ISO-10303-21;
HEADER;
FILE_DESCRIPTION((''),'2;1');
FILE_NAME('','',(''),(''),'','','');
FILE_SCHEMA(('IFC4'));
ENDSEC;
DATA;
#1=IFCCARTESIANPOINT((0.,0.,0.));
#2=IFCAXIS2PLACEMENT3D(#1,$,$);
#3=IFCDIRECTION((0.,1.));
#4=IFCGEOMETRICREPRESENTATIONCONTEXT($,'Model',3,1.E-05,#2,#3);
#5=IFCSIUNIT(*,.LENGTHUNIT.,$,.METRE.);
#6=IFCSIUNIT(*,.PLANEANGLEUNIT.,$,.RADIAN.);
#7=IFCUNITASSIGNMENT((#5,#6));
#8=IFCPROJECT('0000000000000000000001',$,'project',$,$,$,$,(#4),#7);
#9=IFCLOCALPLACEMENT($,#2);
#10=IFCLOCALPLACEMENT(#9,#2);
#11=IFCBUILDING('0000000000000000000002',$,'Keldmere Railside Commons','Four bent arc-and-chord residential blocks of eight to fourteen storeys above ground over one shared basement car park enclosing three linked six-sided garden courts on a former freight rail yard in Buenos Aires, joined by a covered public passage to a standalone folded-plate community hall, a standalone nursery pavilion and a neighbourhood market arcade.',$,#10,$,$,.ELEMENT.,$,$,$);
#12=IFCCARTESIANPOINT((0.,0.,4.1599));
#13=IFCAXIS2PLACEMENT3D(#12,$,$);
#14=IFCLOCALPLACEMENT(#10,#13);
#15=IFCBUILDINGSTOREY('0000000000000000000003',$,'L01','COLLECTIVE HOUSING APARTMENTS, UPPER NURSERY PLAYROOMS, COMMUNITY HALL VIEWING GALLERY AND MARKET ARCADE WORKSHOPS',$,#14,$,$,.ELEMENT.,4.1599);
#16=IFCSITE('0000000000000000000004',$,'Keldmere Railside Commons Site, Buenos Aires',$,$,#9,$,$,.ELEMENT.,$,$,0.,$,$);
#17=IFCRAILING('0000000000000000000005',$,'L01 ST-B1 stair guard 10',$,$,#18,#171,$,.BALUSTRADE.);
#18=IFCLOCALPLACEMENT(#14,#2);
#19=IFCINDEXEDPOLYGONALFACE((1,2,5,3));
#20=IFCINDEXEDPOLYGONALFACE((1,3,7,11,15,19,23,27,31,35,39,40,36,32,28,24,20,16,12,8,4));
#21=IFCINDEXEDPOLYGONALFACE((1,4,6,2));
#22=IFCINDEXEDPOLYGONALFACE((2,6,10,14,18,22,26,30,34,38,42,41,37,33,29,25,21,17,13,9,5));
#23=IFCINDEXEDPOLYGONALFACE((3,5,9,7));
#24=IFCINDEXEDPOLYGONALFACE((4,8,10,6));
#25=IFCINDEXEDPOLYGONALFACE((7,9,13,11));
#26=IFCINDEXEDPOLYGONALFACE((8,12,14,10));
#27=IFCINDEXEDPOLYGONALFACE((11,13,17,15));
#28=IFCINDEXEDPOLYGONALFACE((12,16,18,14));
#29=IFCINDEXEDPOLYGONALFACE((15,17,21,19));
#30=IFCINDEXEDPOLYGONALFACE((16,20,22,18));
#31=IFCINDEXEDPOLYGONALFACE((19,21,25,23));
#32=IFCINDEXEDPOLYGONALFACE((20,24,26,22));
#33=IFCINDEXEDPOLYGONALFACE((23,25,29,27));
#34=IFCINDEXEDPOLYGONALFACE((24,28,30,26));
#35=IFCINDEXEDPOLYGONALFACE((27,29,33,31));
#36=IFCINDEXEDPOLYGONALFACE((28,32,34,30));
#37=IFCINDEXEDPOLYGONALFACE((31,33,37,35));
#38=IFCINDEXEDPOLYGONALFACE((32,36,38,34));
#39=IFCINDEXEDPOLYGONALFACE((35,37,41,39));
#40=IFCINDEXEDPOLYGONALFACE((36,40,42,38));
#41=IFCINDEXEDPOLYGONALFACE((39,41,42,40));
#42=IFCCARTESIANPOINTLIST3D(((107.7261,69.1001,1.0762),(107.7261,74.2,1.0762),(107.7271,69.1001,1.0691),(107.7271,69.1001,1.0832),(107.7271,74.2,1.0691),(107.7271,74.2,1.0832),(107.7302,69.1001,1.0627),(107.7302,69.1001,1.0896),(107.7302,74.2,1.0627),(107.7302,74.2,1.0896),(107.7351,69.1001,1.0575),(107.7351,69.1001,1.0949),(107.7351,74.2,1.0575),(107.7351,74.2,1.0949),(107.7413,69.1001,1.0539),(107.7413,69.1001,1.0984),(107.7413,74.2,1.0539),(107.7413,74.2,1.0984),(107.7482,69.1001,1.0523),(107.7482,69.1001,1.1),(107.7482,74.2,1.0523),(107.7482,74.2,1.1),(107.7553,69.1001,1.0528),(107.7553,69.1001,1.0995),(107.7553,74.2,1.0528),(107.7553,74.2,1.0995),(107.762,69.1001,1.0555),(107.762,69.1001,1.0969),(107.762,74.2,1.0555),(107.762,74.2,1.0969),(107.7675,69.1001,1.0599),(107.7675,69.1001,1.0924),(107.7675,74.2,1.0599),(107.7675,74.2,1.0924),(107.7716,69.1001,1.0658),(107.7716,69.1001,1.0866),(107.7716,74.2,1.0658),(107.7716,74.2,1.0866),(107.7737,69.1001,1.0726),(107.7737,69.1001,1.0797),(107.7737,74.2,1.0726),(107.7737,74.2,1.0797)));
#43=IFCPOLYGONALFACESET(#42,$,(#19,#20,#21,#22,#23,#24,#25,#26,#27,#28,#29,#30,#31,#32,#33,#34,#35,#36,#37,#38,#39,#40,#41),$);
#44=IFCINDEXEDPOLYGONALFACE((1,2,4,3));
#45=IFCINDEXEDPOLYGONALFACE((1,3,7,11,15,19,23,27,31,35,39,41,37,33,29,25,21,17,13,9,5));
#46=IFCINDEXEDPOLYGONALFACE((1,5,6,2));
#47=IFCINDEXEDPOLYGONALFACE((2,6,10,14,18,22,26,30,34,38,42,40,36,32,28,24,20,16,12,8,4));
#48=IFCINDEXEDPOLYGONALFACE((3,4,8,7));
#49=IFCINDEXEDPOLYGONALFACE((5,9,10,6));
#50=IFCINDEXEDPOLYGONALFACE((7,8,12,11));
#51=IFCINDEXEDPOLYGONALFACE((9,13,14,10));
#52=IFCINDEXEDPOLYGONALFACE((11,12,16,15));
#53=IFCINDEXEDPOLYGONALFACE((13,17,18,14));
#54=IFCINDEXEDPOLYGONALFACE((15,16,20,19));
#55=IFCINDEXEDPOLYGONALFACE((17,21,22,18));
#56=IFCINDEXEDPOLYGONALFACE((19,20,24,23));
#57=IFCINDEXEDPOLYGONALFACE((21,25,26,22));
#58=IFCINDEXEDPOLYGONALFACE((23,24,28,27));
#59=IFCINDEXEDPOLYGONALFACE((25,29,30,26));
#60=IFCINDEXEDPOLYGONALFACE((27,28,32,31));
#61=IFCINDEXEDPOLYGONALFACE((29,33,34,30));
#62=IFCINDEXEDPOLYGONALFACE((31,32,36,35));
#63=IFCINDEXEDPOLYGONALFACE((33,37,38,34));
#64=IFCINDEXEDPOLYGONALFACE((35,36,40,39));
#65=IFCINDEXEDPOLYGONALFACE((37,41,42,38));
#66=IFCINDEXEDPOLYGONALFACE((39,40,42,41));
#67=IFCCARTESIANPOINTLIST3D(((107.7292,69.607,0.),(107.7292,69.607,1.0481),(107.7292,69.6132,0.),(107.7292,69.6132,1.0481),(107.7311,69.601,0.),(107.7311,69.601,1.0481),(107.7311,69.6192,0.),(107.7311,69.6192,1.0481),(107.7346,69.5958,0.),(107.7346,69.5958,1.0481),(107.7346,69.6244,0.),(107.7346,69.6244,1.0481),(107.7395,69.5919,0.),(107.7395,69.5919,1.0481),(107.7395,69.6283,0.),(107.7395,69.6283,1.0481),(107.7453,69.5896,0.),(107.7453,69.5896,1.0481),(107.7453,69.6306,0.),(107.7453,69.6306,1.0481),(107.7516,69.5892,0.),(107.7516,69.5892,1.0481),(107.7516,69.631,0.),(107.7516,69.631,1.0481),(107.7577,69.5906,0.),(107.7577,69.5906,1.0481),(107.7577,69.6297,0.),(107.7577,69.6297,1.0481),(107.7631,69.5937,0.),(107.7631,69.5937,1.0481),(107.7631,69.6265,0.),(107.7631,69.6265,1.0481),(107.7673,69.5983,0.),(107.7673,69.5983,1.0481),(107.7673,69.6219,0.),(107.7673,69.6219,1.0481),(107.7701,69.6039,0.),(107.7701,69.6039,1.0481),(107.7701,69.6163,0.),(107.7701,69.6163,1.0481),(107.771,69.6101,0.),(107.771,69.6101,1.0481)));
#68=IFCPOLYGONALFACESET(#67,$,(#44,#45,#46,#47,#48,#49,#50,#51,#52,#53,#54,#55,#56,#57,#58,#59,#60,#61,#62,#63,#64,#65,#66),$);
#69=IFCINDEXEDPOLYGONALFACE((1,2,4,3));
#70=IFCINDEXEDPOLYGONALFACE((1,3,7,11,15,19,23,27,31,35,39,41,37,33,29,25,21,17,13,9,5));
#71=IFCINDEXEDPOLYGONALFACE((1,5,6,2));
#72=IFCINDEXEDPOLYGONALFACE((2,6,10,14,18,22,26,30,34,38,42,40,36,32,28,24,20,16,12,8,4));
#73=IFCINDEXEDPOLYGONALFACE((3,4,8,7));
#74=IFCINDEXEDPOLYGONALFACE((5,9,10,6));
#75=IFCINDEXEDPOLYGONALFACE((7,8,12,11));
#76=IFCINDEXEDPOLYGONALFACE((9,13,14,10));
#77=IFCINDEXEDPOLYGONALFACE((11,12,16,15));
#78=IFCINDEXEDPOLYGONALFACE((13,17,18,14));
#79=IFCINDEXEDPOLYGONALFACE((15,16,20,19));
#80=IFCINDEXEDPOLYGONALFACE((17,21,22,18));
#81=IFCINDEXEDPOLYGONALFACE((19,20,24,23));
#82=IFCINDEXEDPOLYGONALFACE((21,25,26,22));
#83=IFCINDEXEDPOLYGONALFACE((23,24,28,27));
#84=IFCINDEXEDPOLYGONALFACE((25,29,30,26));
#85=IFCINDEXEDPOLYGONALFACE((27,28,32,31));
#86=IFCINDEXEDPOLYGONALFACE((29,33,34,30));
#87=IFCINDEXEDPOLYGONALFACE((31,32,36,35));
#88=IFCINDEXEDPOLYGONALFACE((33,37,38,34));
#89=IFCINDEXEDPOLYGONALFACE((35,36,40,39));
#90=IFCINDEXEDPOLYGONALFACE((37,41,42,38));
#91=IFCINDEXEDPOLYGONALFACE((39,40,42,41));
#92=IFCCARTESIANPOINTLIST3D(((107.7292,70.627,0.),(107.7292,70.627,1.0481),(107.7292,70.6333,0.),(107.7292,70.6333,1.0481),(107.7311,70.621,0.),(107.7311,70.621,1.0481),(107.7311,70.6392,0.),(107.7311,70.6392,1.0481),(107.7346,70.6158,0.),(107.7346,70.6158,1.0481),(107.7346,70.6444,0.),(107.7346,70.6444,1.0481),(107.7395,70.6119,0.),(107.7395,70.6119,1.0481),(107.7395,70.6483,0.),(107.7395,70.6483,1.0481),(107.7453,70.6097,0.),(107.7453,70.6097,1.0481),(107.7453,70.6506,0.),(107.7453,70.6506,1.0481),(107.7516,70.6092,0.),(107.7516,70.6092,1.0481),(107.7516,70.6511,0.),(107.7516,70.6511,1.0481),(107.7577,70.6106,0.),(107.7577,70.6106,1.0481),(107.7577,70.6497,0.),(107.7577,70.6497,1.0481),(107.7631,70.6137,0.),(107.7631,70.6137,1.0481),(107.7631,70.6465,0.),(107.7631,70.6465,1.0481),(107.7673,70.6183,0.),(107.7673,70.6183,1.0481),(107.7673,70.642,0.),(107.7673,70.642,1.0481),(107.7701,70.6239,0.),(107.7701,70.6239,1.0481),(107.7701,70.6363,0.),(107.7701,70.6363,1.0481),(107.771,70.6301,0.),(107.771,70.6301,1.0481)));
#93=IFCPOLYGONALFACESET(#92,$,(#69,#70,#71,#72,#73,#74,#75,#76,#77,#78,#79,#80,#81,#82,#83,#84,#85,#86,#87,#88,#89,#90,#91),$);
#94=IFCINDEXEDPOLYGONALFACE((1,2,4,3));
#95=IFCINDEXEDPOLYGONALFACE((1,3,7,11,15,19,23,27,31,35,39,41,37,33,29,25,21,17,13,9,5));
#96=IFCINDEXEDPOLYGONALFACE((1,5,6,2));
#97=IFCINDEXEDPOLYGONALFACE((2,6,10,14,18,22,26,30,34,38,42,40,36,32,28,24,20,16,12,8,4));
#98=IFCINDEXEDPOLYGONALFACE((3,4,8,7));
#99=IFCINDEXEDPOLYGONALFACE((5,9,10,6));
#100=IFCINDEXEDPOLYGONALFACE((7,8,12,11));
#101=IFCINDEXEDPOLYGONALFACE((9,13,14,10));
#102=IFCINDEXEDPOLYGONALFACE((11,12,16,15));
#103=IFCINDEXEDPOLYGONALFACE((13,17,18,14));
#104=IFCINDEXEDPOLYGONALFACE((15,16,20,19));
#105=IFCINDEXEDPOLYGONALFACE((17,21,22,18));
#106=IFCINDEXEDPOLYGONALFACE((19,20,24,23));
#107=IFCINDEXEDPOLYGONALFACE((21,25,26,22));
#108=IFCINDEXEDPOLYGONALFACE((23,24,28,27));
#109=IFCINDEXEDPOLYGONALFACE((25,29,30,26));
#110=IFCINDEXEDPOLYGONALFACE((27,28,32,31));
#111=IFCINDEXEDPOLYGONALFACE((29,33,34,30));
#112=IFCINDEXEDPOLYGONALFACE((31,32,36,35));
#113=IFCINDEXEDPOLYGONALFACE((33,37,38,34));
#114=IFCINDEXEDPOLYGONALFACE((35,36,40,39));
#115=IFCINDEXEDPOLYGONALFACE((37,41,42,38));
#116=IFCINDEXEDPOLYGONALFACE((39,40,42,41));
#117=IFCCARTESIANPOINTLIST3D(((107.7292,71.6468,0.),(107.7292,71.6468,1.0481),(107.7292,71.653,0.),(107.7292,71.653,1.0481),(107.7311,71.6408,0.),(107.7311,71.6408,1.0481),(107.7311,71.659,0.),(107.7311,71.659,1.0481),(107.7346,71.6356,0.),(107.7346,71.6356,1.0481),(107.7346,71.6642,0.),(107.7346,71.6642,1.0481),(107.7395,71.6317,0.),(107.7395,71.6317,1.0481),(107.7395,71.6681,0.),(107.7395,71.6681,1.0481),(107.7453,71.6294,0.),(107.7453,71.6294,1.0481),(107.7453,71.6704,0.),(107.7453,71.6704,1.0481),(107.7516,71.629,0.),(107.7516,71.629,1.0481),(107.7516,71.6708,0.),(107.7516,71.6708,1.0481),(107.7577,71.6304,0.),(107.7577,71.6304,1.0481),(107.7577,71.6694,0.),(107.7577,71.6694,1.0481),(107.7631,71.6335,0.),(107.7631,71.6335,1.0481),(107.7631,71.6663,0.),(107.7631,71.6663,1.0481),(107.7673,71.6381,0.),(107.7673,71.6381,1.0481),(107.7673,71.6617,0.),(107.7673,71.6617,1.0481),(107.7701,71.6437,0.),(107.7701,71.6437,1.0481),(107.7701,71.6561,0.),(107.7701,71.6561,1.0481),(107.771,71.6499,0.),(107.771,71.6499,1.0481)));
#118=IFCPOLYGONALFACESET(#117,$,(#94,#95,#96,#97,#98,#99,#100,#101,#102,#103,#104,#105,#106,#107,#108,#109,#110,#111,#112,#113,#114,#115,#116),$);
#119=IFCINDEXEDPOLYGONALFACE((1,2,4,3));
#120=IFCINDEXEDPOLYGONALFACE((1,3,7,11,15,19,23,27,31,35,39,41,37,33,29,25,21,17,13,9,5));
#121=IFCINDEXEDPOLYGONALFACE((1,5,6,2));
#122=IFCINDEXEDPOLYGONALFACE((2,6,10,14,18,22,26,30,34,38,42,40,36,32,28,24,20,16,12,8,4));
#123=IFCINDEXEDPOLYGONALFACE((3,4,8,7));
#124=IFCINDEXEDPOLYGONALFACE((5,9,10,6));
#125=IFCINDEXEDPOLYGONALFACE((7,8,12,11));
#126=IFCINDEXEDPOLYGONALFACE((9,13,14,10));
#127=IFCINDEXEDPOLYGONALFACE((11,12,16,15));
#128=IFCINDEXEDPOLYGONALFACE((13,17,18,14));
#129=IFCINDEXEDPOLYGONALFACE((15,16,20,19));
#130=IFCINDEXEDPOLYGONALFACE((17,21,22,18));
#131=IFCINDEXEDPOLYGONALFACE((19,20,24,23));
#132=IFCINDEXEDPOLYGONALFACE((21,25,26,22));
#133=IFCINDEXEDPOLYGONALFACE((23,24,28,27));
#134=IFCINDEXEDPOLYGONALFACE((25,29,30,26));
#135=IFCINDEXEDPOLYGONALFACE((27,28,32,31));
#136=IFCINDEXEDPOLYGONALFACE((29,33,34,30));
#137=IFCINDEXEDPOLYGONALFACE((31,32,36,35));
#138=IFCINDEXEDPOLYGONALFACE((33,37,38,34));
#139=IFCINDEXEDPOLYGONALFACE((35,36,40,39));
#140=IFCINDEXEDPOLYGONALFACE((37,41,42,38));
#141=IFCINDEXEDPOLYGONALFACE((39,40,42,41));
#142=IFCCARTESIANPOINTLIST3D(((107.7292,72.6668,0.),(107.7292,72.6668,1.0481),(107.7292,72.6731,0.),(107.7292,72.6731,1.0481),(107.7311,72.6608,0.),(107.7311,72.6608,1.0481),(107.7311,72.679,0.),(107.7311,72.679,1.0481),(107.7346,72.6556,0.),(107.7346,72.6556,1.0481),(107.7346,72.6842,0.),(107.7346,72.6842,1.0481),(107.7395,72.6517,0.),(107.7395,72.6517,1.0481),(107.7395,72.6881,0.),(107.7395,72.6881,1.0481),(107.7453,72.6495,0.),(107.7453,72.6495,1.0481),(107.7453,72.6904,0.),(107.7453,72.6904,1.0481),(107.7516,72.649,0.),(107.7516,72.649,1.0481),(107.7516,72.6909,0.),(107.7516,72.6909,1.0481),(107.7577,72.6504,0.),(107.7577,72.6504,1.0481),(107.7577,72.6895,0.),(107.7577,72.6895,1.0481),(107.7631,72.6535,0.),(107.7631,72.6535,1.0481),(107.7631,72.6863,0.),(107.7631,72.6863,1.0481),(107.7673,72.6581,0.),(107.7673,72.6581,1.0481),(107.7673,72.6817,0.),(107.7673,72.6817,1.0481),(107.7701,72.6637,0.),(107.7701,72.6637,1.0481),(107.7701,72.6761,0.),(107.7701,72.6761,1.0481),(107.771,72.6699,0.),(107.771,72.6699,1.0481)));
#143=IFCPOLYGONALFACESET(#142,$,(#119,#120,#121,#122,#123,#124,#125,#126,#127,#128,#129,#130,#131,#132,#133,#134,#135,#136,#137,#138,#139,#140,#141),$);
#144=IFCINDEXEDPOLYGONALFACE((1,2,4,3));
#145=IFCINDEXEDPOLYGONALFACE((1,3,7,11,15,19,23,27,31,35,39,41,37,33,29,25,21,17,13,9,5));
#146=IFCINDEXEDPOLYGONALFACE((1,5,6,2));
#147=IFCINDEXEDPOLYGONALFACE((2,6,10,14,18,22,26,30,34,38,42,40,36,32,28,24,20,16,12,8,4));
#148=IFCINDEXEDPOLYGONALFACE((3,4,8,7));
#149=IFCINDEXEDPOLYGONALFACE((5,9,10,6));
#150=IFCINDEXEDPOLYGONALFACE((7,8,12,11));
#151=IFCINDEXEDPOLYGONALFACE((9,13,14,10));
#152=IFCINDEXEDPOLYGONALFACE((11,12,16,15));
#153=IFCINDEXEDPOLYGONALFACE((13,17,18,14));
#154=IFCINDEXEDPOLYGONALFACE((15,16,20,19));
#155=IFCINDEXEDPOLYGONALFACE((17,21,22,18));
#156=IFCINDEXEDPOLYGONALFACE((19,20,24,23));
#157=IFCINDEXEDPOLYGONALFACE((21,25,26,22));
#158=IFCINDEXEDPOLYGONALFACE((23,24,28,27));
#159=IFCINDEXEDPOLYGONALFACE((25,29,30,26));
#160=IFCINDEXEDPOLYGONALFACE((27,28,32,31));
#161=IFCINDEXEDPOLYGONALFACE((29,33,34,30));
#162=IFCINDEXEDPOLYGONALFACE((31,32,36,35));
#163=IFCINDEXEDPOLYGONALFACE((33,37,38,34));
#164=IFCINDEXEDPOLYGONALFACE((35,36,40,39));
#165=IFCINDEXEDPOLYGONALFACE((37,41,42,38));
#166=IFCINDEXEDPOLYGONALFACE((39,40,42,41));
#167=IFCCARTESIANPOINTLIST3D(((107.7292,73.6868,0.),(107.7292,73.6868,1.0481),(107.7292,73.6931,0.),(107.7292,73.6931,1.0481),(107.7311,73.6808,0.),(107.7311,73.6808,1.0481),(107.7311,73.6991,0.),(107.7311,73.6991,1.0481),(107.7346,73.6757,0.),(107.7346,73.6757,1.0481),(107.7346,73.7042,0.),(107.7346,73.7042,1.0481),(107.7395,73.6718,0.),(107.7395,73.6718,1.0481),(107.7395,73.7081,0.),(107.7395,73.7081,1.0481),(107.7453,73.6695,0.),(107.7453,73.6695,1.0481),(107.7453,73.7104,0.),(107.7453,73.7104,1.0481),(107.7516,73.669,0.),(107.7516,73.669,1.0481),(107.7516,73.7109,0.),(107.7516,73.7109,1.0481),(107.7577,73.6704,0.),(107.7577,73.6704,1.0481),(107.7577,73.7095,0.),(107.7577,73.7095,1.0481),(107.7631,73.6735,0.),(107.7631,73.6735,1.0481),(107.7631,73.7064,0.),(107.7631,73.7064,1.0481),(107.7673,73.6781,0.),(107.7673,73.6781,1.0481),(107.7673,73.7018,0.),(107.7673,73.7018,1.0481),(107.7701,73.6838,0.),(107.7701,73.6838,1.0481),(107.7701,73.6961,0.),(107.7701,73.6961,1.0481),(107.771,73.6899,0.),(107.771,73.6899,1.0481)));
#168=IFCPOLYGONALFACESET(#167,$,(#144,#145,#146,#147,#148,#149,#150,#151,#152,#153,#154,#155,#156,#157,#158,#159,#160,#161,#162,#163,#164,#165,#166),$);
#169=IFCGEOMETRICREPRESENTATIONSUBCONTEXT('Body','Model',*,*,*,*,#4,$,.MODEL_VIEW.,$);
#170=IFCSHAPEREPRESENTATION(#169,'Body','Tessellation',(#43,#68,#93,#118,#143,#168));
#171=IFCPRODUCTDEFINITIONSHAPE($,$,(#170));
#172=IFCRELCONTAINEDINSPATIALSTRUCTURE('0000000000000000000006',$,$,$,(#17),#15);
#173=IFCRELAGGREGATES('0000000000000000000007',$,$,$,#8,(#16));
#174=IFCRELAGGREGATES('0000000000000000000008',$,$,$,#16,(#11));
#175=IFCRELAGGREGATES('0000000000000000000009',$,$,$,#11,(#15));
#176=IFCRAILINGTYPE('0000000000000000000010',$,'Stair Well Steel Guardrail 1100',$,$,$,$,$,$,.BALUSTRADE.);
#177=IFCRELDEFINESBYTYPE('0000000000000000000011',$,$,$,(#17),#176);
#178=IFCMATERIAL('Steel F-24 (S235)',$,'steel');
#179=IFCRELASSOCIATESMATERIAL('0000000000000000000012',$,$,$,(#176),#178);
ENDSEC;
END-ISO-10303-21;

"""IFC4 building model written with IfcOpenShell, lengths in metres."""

from ifc_helpers import new_model, si_unit, direction, frame, origin, origin_2d, place, context, subcontext, project, spatial, circle, extrude, material, type_object, element, save


model = new_model("IFC4")

# Units and contexts
model_context = context("Model", 3, precision=1e-05, world=origin(), true_north=direction((0.0, 1.0)))
body_context = subcontext(model_context, "Body", "Model", "MODEL_VIEW")
ifc_project = project(units=[si_unit("LENGTHUNIT", "METRE"), si_unit("PLANEANGLEUNIT", "RADIAN")], contexts=[model_context])

# Site, building, storey
site_placement = place(None, origin())
site = spatial("IfcSite", under=ifc_project, at=site_placement, Name="Keldmere Railside Commons Site, Buenos Aires", CompositionType="ELEMENT", RefElevation=0.0)
building_placement = place(site_placement, origin())
building = spatial("IfcBuilding", under=site, at=building_placement, Name="Keldmere Railside Commons", Description="Four bent arc-and-chord residential blocks of eight to fourteen storeys above ground over one shared basement car park enclosing three linked six-sided garden courts on a former freight rail yard in Buenos Aires, joined by a covered public passage to a standalone folded-plate community hall, a standalone nursery pavilion and a neighbourhood market arcade.", CompositionType="ELEMENT")
storey_placement = place(building_placement, frame((0.0, 0.0, 4.1599)))
storey = spatial("IfcBuildingStorey", under=building, at=storey_placement, Name="L01", Description="COLLECTIVE HOUSING APARTMENTS, UPPER NURSERY PLAYROOMS, COMMUNITY HALL VIEWING GALLERY AND MARKET ARCADE WORKSHOPS", CompositionType="ELEMENT", Elevation=4.1599)

# Railing
ifc_material_1 = material(Name="Steel F-24 (S235)", Category="steel")
railing_type_1 = type_object("IfcRailingType", Name="Stair Well Steel Guardrail 1100", PredefinedType="BALUSTRADE", material=ifc_material_1)
for number, where, name in (
    (1, (107.75, 69.1001, 0.0), "L01 ST-B1 stair guard 10"),
):
    element("IfcRailing", number, at=place(storey_placement, frame(where)), inside=storey, type_object=railing_type_1, Name=name, PredefinedType="BALUSTRADE", context=body_context, shape_type="SweptSolid", body=[
        extrude(circle(Radius=0.0239, at=origin_2d()), frame((0.0, 0.0, 1.0762), z_axis=(0.0, 1.0, 0.0), x_axis=(-1.0, 0.0, 0.0)), (0.0, 0.0, 1.0), 5.0999),
        extrude(circle(Radius=0.021, at=origin_2d()), frame((0.0, 0.51, 0.0)), (0.0, 0.0, 1.0), 1.0481),
        extrude(circle(Radius=0.021, at=origin_2d()), frame((0.0, 1.53, 0.0)), (0.0, 0.0, 1.0), 1.0481),
        extrude(circle(Radius=0.021, at=origin_2d()), frame((0.0, 2.5498, 0.0)), (0.0, 0.0, 1.0), 1.0481),
        extrude(circle(Radius=0.021, at=origin_2d()), frame((0.0, 3.5698, 0.0)), (0.0, 0.0, 1.0), 1.0481),
        extrude(circle(Radius=0.021, at=origin_2d()), frame((0.0, 4.5898, 0.0)), (0.0, 0.0, 1.0), 1.0481),
    ])

save(model, "model.ifc")
